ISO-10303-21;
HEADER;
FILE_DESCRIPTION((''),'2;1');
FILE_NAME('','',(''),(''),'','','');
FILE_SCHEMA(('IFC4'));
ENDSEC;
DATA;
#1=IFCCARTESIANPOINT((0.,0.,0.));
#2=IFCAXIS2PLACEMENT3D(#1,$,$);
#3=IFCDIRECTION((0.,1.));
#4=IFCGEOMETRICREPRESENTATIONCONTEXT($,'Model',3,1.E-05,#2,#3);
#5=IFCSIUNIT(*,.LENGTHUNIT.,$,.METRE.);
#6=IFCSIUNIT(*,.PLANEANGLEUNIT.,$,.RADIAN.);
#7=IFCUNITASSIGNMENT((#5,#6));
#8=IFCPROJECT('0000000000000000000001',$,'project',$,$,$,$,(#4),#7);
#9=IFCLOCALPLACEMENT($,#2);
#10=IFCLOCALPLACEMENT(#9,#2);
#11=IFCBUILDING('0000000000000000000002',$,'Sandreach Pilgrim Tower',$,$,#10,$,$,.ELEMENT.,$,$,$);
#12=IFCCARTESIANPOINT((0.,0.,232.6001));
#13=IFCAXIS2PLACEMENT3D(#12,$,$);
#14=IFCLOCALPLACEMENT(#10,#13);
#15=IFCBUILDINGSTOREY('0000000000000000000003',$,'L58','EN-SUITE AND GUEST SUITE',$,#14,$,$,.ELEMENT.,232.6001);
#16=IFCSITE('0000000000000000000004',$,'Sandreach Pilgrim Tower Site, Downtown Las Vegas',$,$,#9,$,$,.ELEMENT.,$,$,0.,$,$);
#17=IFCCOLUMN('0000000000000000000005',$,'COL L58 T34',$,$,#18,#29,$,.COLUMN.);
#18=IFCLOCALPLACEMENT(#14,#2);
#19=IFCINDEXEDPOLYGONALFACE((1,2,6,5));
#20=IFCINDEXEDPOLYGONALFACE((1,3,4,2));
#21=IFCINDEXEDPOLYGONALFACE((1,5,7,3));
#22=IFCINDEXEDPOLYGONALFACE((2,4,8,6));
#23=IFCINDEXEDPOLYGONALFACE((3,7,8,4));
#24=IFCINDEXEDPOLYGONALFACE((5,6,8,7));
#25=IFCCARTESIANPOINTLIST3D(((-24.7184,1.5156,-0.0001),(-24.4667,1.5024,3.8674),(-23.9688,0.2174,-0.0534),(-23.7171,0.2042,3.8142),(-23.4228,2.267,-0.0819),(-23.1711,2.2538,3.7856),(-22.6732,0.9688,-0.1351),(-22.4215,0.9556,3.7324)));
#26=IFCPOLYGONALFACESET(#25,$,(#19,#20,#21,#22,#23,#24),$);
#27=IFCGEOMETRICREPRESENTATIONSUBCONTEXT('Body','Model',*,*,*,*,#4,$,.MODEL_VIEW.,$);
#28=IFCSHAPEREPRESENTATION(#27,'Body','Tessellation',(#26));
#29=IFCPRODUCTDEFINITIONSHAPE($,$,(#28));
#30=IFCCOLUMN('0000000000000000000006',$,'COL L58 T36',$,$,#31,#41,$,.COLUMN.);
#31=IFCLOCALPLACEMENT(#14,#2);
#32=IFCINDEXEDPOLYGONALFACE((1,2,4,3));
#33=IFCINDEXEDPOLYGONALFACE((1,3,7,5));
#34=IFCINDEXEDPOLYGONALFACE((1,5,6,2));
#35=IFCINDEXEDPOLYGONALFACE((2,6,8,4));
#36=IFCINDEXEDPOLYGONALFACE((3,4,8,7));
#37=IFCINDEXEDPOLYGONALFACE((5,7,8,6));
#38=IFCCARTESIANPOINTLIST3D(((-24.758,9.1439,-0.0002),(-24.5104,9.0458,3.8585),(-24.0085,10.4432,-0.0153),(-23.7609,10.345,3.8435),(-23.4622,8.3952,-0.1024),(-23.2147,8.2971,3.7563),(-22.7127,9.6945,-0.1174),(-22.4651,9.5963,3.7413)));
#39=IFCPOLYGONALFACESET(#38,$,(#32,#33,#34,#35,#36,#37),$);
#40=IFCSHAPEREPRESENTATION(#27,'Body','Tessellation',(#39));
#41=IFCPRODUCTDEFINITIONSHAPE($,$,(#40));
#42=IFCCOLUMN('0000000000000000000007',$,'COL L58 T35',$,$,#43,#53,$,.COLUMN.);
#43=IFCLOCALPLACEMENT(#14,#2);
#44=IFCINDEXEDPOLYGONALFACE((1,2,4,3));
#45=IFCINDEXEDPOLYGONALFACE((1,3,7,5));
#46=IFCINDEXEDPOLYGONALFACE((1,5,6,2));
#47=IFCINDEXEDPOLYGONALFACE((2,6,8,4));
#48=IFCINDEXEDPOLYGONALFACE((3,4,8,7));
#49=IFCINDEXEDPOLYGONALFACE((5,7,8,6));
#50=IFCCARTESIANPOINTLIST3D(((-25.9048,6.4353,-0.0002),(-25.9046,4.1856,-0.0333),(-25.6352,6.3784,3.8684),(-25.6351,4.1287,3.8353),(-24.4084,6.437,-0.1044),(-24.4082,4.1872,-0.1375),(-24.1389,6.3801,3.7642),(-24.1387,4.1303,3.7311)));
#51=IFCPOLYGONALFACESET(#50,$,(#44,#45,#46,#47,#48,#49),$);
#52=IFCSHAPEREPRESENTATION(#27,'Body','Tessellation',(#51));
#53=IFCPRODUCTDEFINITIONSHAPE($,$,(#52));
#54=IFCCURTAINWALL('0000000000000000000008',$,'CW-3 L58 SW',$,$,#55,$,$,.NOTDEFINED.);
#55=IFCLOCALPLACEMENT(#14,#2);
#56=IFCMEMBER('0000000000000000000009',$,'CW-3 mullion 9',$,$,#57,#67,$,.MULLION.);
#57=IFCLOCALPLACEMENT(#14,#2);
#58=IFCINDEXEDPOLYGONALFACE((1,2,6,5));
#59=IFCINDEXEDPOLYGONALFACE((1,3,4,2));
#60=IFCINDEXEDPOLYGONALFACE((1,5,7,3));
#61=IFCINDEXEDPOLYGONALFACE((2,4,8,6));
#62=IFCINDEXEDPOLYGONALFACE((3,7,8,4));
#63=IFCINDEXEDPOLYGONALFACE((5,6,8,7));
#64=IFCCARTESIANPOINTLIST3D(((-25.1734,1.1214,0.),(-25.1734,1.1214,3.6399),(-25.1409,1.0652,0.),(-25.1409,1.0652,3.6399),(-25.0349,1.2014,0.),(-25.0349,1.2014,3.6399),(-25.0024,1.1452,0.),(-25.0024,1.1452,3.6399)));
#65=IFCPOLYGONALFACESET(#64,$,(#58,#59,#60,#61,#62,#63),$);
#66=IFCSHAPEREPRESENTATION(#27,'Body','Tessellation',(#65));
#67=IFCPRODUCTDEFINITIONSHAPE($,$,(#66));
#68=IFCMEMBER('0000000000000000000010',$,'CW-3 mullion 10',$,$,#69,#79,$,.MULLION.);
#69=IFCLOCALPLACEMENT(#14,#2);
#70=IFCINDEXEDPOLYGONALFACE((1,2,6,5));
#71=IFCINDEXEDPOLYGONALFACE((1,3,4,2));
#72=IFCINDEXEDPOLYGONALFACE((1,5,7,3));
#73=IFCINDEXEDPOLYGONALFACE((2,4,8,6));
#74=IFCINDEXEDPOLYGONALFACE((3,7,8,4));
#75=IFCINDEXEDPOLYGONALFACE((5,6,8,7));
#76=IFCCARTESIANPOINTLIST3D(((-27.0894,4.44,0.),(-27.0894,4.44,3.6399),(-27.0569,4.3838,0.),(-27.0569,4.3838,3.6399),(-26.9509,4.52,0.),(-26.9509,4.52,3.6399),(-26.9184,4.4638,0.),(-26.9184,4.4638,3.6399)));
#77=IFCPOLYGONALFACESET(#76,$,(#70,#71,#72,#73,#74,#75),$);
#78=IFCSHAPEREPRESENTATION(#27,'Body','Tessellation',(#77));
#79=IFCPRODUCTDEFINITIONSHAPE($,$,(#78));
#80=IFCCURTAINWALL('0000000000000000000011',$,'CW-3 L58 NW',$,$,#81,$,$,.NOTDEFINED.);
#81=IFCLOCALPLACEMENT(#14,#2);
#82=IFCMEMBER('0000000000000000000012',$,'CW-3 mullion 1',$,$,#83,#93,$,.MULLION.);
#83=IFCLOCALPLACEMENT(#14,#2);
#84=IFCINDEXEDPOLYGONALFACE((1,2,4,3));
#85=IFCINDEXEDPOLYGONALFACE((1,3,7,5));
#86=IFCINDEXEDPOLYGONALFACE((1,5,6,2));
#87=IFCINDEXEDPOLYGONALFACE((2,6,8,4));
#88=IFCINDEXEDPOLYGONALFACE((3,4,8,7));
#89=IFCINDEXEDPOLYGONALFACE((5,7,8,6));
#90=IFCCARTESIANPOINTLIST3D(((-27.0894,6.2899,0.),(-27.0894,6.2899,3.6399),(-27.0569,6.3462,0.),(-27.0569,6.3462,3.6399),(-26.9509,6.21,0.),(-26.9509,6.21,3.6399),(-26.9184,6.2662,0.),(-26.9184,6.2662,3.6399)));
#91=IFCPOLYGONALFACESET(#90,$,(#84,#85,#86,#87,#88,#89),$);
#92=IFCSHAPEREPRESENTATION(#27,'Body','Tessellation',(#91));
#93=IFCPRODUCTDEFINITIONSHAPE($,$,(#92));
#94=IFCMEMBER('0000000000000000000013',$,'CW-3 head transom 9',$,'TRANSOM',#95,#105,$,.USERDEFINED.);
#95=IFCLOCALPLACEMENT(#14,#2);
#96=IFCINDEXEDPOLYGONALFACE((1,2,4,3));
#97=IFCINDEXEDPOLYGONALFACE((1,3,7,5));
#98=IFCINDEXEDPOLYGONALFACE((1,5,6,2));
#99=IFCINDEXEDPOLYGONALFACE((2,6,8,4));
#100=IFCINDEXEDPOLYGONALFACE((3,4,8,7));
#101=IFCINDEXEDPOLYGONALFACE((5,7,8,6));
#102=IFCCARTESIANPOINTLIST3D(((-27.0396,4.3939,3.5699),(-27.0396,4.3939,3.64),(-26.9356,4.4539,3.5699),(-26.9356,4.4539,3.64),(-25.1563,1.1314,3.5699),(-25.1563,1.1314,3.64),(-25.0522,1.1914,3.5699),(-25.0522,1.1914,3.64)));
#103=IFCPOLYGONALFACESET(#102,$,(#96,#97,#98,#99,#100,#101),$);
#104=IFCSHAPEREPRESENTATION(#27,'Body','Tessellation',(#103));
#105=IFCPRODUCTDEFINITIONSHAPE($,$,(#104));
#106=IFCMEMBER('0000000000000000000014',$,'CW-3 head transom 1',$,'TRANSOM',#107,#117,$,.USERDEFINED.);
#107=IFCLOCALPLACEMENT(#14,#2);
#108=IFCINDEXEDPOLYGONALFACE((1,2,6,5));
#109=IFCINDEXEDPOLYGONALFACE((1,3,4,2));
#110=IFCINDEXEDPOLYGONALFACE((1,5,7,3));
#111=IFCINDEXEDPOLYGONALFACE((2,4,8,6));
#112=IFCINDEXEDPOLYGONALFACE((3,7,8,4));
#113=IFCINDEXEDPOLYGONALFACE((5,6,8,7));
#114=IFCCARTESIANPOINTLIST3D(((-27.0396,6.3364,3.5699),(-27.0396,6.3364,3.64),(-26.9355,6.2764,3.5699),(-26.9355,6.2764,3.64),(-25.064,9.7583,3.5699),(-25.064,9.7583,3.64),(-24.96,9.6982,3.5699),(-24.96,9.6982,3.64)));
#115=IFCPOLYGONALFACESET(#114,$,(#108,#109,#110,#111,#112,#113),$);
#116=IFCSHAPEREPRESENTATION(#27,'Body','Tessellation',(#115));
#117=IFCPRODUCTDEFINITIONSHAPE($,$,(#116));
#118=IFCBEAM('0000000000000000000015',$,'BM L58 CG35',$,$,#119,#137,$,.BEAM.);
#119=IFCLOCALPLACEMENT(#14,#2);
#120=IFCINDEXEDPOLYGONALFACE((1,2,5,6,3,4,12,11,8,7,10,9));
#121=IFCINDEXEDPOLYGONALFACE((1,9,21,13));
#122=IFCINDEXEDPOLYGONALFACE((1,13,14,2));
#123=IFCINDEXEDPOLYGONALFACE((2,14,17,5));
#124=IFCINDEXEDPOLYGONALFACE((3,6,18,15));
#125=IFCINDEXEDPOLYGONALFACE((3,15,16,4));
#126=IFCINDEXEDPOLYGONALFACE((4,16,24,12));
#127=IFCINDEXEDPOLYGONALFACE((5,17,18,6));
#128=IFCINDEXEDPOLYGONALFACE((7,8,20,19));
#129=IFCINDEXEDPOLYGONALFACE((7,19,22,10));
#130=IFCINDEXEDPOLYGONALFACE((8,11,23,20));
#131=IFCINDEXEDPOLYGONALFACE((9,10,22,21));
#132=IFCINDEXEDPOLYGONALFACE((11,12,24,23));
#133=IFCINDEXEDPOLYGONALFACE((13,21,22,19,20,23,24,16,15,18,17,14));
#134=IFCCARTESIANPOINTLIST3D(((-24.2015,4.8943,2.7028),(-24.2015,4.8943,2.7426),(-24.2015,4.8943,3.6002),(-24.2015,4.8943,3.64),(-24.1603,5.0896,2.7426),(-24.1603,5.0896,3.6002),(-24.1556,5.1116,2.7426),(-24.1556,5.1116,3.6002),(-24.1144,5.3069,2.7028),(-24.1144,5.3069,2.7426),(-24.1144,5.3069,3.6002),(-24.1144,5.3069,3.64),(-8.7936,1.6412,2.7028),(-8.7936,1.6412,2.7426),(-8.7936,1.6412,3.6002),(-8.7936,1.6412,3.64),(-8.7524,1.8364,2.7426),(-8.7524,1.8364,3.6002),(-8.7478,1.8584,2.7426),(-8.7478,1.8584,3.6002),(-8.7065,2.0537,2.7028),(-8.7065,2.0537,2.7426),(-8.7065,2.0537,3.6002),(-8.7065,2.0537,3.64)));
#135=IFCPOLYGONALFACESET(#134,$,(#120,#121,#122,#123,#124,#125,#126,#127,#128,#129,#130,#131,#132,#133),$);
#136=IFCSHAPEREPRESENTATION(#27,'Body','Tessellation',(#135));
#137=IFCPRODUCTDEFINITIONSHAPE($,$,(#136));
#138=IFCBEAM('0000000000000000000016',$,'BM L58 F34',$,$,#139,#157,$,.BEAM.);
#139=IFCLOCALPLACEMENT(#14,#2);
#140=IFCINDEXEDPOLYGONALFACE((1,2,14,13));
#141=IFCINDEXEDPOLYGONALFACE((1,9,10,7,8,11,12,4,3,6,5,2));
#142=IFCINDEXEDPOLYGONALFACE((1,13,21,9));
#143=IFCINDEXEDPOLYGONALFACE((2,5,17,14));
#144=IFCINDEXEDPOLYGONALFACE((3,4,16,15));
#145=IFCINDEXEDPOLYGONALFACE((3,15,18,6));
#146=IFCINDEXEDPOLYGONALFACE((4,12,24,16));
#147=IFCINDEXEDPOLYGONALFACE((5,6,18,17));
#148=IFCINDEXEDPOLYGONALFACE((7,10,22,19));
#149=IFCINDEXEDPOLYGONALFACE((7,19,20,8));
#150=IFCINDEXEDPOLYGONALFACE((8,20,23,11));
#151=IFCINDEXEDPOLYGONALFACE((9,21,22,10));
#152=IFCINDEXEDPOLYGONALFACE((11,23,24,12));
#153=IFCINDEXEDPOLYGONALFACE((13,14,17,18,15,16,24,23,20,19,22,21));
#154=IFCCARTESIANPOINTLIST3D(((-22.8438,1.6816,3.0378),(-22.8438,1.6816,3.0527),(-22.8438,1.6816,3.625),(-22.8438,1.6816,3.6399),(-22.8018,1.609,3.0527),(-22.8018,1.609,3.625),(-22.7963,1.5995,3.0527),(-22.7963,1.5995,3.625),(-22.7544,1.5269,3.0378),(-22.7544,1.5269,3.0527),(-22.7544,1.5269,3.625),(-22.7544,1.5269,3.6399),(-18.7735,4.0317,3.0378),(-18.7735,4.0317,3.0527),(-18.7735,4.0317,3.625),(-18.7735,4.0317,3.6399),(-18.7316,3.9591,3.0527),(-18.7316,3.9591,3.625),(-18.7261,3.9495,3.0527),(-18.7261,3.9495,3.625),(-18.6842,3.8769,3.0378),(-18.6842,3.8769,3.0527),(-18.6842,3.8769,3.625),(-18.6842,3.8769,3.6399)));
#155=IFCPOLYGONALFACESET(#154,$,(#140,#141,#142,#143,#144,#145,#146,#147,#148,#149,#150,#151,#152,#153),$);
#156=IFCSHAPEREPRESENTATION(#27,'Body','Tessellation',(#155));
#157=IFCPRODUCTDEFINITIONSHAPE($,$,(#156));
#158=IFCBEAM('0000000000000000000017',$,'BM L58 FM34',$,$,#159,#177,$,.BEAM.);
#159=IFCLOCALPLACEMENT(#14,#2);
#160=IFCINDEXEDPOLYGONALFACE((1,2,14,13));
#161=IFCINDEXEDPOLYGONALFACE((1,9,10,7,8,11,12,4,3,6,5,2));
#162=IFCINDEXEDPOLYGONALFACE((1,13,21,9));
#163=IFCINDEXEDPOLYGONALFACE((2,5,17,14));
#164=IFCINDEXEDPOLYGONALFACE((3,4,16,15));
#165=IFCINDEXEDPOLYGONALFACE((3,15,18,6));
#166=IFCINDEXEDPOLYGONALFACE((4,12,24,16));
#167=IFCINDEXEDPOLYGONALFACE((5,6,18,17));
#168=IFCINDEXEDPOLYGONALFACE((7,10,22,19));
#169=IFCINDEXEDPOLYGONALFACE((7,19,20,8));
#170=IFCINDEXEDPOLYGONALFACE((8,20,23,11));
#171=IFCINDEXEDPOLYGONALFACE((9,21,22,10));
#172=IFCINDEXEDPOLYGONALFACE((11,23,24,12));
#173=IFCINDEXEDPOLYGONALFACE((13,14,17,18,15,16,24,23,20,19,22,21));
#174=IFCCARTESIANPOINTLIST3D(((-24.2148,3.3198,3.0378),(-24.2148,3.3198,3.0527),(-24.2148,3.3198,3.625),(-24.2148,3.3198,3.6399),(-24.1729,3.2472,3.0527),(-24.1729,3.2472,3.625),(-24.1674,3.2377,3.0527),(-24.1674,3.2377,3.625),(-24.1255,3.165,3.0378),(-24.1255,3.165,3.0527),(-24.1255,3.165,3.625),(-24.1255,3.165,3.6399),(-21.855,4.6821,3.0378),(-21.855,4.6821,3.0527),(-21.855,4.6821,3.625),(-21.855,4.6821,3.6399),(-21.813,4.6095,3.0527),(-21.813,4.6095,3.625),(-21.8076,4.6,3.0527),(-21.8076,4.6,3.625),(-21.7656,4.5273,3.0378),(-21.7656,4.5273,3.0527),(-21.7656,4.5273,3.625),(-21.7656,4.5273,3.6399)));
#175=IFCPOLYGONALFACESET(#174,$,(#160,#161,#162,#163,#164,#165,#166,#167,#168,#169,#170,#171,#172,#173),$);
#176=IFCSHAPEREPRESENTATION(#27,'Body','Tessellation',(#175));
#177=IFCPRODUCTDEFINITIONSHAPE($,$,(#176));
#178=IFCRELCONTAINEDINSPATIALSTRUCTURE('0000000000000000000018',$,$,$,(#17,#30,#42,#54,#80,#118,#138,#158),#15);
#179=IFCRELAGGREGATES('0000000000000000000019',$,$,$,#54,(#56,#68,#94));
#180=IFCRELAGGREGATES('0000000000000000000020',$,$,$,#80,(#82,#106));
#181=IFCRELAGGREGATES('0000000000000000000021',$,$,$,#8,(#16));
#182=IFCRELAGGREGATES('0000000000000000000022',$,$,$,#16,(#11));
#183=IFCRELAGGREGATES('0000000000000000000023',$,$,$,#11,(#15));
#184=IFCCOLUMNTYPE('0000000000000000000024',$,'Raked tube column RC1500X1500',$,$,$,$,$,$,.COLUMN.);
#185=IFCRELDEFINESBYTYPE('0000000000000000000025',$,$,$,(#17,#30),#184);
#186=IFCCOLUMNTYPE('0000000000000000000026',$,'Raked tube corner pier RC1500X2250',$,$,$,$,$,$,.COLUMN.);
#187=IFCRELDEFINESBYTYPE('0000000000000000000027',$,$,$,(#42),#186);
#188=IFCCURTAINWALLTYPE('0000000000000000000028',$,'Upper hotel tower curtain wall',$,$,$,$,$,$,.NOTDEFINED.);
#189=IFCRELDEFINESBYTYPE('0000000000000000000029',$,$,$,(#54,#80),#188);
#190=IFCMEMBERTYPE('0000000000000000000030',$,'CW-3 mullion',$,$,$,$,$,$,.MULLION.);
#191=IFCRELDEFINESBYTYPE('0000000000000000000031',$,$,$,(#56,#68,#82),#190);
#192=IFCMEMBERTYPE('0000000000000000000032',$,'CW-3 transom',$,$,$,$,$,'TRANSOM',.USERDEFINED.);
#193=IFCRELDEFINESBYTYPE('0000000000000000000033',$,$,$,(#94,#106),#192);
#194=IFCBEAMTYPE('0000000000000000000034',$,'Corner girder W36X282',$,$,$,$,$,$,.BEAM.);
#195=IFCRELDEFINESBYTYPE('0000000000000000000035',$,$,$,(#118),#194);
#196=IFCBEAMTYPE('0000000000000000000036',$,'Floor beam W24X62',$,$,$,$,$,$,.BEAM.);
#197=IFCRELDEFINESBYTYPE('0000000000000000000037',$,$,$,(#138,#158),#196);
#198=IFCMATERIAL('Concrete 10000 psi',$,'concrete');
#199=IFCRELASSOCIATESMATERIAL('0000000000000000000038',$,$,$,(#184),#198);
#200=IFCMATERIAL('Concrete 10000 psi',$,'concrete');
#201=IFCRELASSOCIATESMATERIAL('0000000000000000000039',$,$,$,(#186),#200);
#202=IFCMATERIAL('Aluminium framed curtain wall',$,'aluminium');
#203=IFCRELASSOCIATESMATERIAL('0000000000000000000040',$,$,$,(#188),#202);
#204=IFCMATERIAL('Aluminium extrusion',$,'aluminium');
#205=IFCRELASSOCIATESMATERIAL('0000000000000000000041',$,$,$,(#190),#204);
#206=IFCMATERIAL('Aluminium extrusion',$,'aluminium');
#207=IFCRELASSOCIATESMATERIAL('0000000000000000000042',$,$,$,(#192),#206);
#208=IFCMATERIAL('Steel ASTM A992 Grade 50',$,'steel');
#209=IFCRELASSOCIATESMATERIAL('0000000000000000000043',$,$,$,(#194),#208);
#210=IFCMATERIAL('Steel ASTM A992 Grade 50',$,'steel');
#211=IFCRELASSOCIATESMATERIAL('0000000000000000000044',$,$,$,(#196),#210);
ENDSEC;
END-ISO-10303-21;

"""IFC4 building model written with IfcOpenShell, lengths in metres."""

from ifc_helpers import new_model, si_unit, direction, frame, origin, origin_2d, place, context, subcontext, project, spatial, rectangle, i_section, extrude, material, material_profile, profile_set, type_object, element, aggregate, save


model = new_model("IFC4")

# Units and contexts
model_context = context("Model", 3, precision=1e-05, world=origin(), true_north=direction((0.0, 1.0)))
body_context = subcontext(model_context, "Body", "Model", "MODEL_VIEW")
ifc_project = project(units=[si_unit("LENGTHUNIT", "METRE"), si_unit("PLANEANGLEUNIT", "RADIAN")], contexts=[model_context])

# Site, building, storey
site_placement = place(None, origin())
site = spatial("IfcSite", under=ifc_project, at=site_placement, Name="Sandreach Pilgrim Tower Site, Downtown Las Vegas", CompositionType="ELEMENT", RefElevation=0.0)
building_placement = place(site_placement, origin())
building = spatial("IfcBuilding", under=site, at=building_placement, Name="Sandreach Pilgrim Tower", CompositionType="ELEMENT")
storey_placement = place(building_placement, frame((0.0, 0.0, 232.6001)))
storey = spatial("IfcBuildingStorey", under=building, at=storey_placement, Name="L58", Description="EN-SUITE AND GUEST SUITE", CompositionType="ELEMENT", Elevation=232.6001)

# Columns
ifc_material_1 = material(Name="Concrete 10000 psi", Category="concrete")
ifc_material_profile_1 = material_profile(ifc_material_1, rectangle(XDim=1.5, YDim=1.5, at=origin_2d()), Name="RC1500X1500")
ifc_profile_set_1 = profile_set([ifc_material_profile_1], Name="Concrete 10000 psi")
column_type_1 = type_object("IfcColumnType", Name="Raked tube column RC1500X1500", PredefinedType="COLUMN", material=ifc_profile_set_1)
column_1_placement = place(storey_placement, frame((-23.6958, 1.2422, -0.0676), z_axis=(0.064946, -0.003402, 0.997883), x_axis=(-0.863745, -0.500972, 0.054508)))
element("IfcColumn", 1, at=column_1_placement, inside=storey, type_object=column_type_1, Name="COL L58 T34", PredefinedType="COLUMN", context=body_context, shape_type="SweptSolid", body=[
    extrude(rectangle(XDim=1.5, YDim=1.5, at=origin_2d()), origin(), (0.0, 0.0, 1.0), 3.8757),
])
column_2_placement = place(storey_placement, frame((-23.7354, 9.4192, -0.0588), z_axis=(0.064005, -0.025375, 0.997627), x_axis=(-0.863842, 0.499136, 0.068117)))
element("IfcColumn", 2, at=column_2_placement, inside=storey, type_object=column_type_1, Name="COL L58 T36", PredefinedType="COLUMN", context=body_context, shape_type="SweptSolid", body=[
    extrude(rectangle(XDim=1.5, YDim=1.5, at=origin_2d()), origin(), (0.0, 0.0, 1.0), 3.8679),
])
ifc_material_2 = material(Name="Concrete 10000 psi", Category="concrete")
ifc_material_profile_2 = material_profile(ifc_material_2, rectangle(XDim=1.5, YDim=2.25, at=origin_2d()), Name="RC1500X2250")
ifc_profile_set_2 = profile_set([ifc_material_profile_2], Name="Concrete 10000 psi")
column_type_2 = type_object("IfcColumnType", Name="Raked tube corner pier RC1500X2250", PredefinedType="COLUMN", material=ifc_profile_set_2)
column_3_placement = place(storey_placement, frame((-25.1565, 5.3113, -0.0688), z_axis=(0.069495, -0.014667, 0.997475), x_axis=(-0.997582, -0.001101, 0.069486)))
element("IfcColumn", 3, at=column_3_placement, inside=storey, type_object=column_type_2, Name="COL L58 T35", PredefinedType="COLUMN", context=body_context, shape_type="SweptSolid", body=[
    extrude(rectangle(XDim=1.5, YDim=2.25, at=origin_2d()), origin(), (0.0, 0.0, 1.0), 3.8784),
])

# Curtain wall, members
ifc_material_3 = material(Name="Aluminium framed curtain wall", Category="aluminium")
curtain_wall_type = type_object("IfcCurtainWallType", Name="Upper hotel tower curtain wall", PredefinedType="NOTDEFINED", material=ifc_material_3)
curtain_wall_1_placement = place(storey_placement, origin())
curtain_wall_1 = element("IfcCurtainWall", 4, at=curtain_wall_1_placement, inside=storey, type_object=curtain_wall_type, Name="CW-3 L58 SW", PredefinedType="NOTDEFINED")
ifc_material_4 = material(Name="Aluminium extrusion", Category="aluminium")
ifc_material_profile_3 = material_profile(ifc_material_4, rectangle(XDim=0.0649, YDim=0.1599, at=origin_2d()), Name="CW-3M 65X160")
ifc_profile_set_3 = profile_set([ifc_material_profile_3], Name="Aluminium extrusion")
member_type_1 = type_object("IfcMemberType", Name="CW-3 mullion", PredefinedType="MULLION", material=ifc_profile_set_3)
member_1_placement = place(storey_placement, frame((-25.0879, 1.1333, 0.0), z_axis=(0.0, 0.0, 1.0), x_axis=(-0.5, 0.866025, 0.0)))
member_1 = element("IfcMember", 5, at=member_1_placement, type_object=member_type_1, Name="CW-3 mullion 9", PredefinedType="MULLION", context=body_context, shape_type="SweptSolid", body=[
    extrude(rectangle(XDim=0.0649, YDim=0.1599, at=origin_2d()), origin(), (0.0, 0.0, 1.0), 3.6399),
])
member_2_placement = place(storey_placement, frame((-27.0039, 4.4519, 0.0), z_axis=(0.0, 0.0, 1.0), x_axis=(-0.5, 0.866025, 0.0)))
member_2 = element("IfcMember", 6, at=member_2_placement, type_object=member_type_1, Name="CW-3 mullion 10", PredefinedType="MULLION", context=body_context, shape_type="SweptSolid", body=[
    extrude(rectangle(XDim=0.0649, YDim=0.1599, at=origin_2d()), origin(), (0.0, 0.0, 1.0), 3.6399),
])

# Curtain wall, member
curtain_wall_2_placement = place(storey_placement, origin())
curtain_wall_2 = element("IfcCurtainWall", 7, at=curtain_wall_2_placement, inside=storey, type_object=curtain_wall_type, Name="CW-3 L58 NW", PredefinedType="NOTDEFINED")
member_3_placement = place(storey_placement, frame((-27.0039, 6.2781, 0.0), z_axis=(0.0, 0.0, 1.0), x_axis=(0.5, 0.866025, 0.0)))
member_3 = element("IfcMember", 8, at=member_3_placement, type_object=member_type_1, Name="CW-3 mullion 1", PredefinedType="MULLION", context=body_context, shape_type="SweptSolid", body=[
    extrude(rectangle(XDim=0.0649, YDim=0.1599, at=origin_2d()), origin(), (0.0, 0.0, 1.0), 3.6399),
])

# Members
ifc_material_5 = material(Name="Aluminium extrusion", Category="aluminium")
ifc_material_profile_4 = material_profile(ifc_material_5, rectangle(XDim=0.1201, YDim=0.0701, at=origin_2d()), Name="CW-3T 120X70")
ifc_profile_set_4 = profile_set([ifc_material_profile_4], Name="Aluminium extrusion")
member_type_2 = type_object("IfcMemberType", Name="CW-3 transom", ElementType="TRANSOM", PredefinedType="USERDEFINED", material=ifc_profile_set_4)
member_4_placement = place(storey_placement, frame((-25.1042, 1.1614, 3.605), z_axis=(-0.499945, 0.866057, 0.0), x_axis=(-0.866057, -0.499945, 0.0)))
member_4 = element("IfcMember", 9, at=member_4_placement, type_object=member_type_2, Name="CW-3 head transom 9", ObjectType="TRANSOM", PredefinedType="USERDEFINED", context=body_context, shape_type="SweptSolid", body=[
    extrude(rectangle(XDim=0.1201, YDim=0.0701, at=origin_2d()), origin(), (0.0, 0.0, 1.0), 3.7671),
])
member_5_placement = place(storey_placement, frame((-26.9875, 6.3064, 3.605), z_axis=(0.499993, 0.866029, 0.0), x_axis=(-0.866029, 0.499993, 0.0)))
member_5 = element("IfcMember", 10, at=member_5_placement, type_object=member_type_2, Name="CW-3 head transom 1", ObjectType="TRANSOM", PredefinedType="USERDEFINED", context=body_context, shape_type="SweptSolid", body=[
    extrude(rectangle(XDim=0.1201, YDim=0.0701, at=origin_2d()), origin(), (0.0, 0.0, 1.0), 3.9512),
])

# Beams
ifc_material_6 = material(Name="Steel ASTM A992 Grade 50", Category="steel")
ifc_material_profile_5 = material_profile(ifc_material_6, i_section(OverallWidth=0.4216, OverallDepth=0.9373, WebThickness=0.0225, FlangeThickness=0.0398, at=origin_2d()), Name="W36X282")
ifc_profile_set_5 = profile_set([ifc_material_profile_5], Name="Steel ASTM A992 Grade 50")
beam_type_1 = type_object("IfcBeamType", Name="Corner girder W36X282", PredefinedType="BEAM", material=ifc_profile_set_5)
beam_1_placement = place(storey_placement, frame((-24.158, 5.1006, 3.1714), z_axis=(0.978429, -0.206582, 0.0), x_axis=(0.206582, 0.978429, 0.0)))
element("IfcBeam", 11, at=beam_1_placement, inside=storey, type_object=beam_type_1, Name="BM L58 CG35", PredefinedType="BEAM", context=body_context, shape_type="SweptSolid", body=[
    extrude(i_section(OverallWidth=0.4216, OverallDepth=0.9373, WebThickness=0.0225, FlangeThickness=0.0398, at=origin_2d()), origin(), (0.0, 0.0, 1.0), 15.7476),
])
ifc_material_7 = material(Name="Steel ASTM A992 Grade 50", Category="steel")
ifc_material_profile_6 = material_profile(ifc_material_7, i_section(OverallWidth=0.1787, OverallDepth=0.6021, WebThickness=0.011, FlangeThickness=0.0149, at=origin_2d()), Name="W24X62")
ifc_profile_set_6 = profile_set([ifc_material_profile_6], Name="Steel ASTM A992 Grade 50")
beam_type_2 = type_object("IfcBeamType", Name="Floor beam W24X62", PredefinedType="BEAM", material=ifc_profile_set_6)
beam_2_placement = place(storey_placement, frame((-22.7991, 1.6042, 3.3389), z_axis=(0.866016, 0.500016, 0.0), x_axis=(-0.500016, 0.866016, 0.0)))
element("IfcBeam", 12, at=beam_2_placement, inside=storey, type_object=beam_type_2, Name="BM L58 F34", PredefinedType="BEAM", context=body_context, shape_type="SweptSolid", body=[
    extrude(i_section(OverallWidth=0.1787, OverallDepth=0.6021, WebThickness=0.011, FlangeThickness=0.0149, at=origin_2d()), origin(), (0.0, 0.0, 1.0), 4.7),
])
beam_3_placement = place(storey_placement, frame((-24.1702, 3.2424, 3.3389), z_axis=(0.866051, 0.499955, 0.0), x_axis=(-0.499955, 0.866051, 0.0)))
element("IfcBeam", 13, at=beam_3_placement, inside=storey, type_object=beam_type_2, Name="BM L58 FM34", PredefinedType="BEAM", context=body_context, shape_type="SweptSolid", body=[
    extrude(i_section(OverallWidth=0.1787, OverallDepth=0.6021, WebThickness=0.011, FlangeThickness=0.0149, at=origin_2d()), origin(), (0.0, 0.0, 1.0), 2.7249),
])

aggregate(curtain_wall_1, [member_1, member_2, member_4])
aggregate(curtain_wall_2, [member_3, member_5])

save(model, "model.ifc")
